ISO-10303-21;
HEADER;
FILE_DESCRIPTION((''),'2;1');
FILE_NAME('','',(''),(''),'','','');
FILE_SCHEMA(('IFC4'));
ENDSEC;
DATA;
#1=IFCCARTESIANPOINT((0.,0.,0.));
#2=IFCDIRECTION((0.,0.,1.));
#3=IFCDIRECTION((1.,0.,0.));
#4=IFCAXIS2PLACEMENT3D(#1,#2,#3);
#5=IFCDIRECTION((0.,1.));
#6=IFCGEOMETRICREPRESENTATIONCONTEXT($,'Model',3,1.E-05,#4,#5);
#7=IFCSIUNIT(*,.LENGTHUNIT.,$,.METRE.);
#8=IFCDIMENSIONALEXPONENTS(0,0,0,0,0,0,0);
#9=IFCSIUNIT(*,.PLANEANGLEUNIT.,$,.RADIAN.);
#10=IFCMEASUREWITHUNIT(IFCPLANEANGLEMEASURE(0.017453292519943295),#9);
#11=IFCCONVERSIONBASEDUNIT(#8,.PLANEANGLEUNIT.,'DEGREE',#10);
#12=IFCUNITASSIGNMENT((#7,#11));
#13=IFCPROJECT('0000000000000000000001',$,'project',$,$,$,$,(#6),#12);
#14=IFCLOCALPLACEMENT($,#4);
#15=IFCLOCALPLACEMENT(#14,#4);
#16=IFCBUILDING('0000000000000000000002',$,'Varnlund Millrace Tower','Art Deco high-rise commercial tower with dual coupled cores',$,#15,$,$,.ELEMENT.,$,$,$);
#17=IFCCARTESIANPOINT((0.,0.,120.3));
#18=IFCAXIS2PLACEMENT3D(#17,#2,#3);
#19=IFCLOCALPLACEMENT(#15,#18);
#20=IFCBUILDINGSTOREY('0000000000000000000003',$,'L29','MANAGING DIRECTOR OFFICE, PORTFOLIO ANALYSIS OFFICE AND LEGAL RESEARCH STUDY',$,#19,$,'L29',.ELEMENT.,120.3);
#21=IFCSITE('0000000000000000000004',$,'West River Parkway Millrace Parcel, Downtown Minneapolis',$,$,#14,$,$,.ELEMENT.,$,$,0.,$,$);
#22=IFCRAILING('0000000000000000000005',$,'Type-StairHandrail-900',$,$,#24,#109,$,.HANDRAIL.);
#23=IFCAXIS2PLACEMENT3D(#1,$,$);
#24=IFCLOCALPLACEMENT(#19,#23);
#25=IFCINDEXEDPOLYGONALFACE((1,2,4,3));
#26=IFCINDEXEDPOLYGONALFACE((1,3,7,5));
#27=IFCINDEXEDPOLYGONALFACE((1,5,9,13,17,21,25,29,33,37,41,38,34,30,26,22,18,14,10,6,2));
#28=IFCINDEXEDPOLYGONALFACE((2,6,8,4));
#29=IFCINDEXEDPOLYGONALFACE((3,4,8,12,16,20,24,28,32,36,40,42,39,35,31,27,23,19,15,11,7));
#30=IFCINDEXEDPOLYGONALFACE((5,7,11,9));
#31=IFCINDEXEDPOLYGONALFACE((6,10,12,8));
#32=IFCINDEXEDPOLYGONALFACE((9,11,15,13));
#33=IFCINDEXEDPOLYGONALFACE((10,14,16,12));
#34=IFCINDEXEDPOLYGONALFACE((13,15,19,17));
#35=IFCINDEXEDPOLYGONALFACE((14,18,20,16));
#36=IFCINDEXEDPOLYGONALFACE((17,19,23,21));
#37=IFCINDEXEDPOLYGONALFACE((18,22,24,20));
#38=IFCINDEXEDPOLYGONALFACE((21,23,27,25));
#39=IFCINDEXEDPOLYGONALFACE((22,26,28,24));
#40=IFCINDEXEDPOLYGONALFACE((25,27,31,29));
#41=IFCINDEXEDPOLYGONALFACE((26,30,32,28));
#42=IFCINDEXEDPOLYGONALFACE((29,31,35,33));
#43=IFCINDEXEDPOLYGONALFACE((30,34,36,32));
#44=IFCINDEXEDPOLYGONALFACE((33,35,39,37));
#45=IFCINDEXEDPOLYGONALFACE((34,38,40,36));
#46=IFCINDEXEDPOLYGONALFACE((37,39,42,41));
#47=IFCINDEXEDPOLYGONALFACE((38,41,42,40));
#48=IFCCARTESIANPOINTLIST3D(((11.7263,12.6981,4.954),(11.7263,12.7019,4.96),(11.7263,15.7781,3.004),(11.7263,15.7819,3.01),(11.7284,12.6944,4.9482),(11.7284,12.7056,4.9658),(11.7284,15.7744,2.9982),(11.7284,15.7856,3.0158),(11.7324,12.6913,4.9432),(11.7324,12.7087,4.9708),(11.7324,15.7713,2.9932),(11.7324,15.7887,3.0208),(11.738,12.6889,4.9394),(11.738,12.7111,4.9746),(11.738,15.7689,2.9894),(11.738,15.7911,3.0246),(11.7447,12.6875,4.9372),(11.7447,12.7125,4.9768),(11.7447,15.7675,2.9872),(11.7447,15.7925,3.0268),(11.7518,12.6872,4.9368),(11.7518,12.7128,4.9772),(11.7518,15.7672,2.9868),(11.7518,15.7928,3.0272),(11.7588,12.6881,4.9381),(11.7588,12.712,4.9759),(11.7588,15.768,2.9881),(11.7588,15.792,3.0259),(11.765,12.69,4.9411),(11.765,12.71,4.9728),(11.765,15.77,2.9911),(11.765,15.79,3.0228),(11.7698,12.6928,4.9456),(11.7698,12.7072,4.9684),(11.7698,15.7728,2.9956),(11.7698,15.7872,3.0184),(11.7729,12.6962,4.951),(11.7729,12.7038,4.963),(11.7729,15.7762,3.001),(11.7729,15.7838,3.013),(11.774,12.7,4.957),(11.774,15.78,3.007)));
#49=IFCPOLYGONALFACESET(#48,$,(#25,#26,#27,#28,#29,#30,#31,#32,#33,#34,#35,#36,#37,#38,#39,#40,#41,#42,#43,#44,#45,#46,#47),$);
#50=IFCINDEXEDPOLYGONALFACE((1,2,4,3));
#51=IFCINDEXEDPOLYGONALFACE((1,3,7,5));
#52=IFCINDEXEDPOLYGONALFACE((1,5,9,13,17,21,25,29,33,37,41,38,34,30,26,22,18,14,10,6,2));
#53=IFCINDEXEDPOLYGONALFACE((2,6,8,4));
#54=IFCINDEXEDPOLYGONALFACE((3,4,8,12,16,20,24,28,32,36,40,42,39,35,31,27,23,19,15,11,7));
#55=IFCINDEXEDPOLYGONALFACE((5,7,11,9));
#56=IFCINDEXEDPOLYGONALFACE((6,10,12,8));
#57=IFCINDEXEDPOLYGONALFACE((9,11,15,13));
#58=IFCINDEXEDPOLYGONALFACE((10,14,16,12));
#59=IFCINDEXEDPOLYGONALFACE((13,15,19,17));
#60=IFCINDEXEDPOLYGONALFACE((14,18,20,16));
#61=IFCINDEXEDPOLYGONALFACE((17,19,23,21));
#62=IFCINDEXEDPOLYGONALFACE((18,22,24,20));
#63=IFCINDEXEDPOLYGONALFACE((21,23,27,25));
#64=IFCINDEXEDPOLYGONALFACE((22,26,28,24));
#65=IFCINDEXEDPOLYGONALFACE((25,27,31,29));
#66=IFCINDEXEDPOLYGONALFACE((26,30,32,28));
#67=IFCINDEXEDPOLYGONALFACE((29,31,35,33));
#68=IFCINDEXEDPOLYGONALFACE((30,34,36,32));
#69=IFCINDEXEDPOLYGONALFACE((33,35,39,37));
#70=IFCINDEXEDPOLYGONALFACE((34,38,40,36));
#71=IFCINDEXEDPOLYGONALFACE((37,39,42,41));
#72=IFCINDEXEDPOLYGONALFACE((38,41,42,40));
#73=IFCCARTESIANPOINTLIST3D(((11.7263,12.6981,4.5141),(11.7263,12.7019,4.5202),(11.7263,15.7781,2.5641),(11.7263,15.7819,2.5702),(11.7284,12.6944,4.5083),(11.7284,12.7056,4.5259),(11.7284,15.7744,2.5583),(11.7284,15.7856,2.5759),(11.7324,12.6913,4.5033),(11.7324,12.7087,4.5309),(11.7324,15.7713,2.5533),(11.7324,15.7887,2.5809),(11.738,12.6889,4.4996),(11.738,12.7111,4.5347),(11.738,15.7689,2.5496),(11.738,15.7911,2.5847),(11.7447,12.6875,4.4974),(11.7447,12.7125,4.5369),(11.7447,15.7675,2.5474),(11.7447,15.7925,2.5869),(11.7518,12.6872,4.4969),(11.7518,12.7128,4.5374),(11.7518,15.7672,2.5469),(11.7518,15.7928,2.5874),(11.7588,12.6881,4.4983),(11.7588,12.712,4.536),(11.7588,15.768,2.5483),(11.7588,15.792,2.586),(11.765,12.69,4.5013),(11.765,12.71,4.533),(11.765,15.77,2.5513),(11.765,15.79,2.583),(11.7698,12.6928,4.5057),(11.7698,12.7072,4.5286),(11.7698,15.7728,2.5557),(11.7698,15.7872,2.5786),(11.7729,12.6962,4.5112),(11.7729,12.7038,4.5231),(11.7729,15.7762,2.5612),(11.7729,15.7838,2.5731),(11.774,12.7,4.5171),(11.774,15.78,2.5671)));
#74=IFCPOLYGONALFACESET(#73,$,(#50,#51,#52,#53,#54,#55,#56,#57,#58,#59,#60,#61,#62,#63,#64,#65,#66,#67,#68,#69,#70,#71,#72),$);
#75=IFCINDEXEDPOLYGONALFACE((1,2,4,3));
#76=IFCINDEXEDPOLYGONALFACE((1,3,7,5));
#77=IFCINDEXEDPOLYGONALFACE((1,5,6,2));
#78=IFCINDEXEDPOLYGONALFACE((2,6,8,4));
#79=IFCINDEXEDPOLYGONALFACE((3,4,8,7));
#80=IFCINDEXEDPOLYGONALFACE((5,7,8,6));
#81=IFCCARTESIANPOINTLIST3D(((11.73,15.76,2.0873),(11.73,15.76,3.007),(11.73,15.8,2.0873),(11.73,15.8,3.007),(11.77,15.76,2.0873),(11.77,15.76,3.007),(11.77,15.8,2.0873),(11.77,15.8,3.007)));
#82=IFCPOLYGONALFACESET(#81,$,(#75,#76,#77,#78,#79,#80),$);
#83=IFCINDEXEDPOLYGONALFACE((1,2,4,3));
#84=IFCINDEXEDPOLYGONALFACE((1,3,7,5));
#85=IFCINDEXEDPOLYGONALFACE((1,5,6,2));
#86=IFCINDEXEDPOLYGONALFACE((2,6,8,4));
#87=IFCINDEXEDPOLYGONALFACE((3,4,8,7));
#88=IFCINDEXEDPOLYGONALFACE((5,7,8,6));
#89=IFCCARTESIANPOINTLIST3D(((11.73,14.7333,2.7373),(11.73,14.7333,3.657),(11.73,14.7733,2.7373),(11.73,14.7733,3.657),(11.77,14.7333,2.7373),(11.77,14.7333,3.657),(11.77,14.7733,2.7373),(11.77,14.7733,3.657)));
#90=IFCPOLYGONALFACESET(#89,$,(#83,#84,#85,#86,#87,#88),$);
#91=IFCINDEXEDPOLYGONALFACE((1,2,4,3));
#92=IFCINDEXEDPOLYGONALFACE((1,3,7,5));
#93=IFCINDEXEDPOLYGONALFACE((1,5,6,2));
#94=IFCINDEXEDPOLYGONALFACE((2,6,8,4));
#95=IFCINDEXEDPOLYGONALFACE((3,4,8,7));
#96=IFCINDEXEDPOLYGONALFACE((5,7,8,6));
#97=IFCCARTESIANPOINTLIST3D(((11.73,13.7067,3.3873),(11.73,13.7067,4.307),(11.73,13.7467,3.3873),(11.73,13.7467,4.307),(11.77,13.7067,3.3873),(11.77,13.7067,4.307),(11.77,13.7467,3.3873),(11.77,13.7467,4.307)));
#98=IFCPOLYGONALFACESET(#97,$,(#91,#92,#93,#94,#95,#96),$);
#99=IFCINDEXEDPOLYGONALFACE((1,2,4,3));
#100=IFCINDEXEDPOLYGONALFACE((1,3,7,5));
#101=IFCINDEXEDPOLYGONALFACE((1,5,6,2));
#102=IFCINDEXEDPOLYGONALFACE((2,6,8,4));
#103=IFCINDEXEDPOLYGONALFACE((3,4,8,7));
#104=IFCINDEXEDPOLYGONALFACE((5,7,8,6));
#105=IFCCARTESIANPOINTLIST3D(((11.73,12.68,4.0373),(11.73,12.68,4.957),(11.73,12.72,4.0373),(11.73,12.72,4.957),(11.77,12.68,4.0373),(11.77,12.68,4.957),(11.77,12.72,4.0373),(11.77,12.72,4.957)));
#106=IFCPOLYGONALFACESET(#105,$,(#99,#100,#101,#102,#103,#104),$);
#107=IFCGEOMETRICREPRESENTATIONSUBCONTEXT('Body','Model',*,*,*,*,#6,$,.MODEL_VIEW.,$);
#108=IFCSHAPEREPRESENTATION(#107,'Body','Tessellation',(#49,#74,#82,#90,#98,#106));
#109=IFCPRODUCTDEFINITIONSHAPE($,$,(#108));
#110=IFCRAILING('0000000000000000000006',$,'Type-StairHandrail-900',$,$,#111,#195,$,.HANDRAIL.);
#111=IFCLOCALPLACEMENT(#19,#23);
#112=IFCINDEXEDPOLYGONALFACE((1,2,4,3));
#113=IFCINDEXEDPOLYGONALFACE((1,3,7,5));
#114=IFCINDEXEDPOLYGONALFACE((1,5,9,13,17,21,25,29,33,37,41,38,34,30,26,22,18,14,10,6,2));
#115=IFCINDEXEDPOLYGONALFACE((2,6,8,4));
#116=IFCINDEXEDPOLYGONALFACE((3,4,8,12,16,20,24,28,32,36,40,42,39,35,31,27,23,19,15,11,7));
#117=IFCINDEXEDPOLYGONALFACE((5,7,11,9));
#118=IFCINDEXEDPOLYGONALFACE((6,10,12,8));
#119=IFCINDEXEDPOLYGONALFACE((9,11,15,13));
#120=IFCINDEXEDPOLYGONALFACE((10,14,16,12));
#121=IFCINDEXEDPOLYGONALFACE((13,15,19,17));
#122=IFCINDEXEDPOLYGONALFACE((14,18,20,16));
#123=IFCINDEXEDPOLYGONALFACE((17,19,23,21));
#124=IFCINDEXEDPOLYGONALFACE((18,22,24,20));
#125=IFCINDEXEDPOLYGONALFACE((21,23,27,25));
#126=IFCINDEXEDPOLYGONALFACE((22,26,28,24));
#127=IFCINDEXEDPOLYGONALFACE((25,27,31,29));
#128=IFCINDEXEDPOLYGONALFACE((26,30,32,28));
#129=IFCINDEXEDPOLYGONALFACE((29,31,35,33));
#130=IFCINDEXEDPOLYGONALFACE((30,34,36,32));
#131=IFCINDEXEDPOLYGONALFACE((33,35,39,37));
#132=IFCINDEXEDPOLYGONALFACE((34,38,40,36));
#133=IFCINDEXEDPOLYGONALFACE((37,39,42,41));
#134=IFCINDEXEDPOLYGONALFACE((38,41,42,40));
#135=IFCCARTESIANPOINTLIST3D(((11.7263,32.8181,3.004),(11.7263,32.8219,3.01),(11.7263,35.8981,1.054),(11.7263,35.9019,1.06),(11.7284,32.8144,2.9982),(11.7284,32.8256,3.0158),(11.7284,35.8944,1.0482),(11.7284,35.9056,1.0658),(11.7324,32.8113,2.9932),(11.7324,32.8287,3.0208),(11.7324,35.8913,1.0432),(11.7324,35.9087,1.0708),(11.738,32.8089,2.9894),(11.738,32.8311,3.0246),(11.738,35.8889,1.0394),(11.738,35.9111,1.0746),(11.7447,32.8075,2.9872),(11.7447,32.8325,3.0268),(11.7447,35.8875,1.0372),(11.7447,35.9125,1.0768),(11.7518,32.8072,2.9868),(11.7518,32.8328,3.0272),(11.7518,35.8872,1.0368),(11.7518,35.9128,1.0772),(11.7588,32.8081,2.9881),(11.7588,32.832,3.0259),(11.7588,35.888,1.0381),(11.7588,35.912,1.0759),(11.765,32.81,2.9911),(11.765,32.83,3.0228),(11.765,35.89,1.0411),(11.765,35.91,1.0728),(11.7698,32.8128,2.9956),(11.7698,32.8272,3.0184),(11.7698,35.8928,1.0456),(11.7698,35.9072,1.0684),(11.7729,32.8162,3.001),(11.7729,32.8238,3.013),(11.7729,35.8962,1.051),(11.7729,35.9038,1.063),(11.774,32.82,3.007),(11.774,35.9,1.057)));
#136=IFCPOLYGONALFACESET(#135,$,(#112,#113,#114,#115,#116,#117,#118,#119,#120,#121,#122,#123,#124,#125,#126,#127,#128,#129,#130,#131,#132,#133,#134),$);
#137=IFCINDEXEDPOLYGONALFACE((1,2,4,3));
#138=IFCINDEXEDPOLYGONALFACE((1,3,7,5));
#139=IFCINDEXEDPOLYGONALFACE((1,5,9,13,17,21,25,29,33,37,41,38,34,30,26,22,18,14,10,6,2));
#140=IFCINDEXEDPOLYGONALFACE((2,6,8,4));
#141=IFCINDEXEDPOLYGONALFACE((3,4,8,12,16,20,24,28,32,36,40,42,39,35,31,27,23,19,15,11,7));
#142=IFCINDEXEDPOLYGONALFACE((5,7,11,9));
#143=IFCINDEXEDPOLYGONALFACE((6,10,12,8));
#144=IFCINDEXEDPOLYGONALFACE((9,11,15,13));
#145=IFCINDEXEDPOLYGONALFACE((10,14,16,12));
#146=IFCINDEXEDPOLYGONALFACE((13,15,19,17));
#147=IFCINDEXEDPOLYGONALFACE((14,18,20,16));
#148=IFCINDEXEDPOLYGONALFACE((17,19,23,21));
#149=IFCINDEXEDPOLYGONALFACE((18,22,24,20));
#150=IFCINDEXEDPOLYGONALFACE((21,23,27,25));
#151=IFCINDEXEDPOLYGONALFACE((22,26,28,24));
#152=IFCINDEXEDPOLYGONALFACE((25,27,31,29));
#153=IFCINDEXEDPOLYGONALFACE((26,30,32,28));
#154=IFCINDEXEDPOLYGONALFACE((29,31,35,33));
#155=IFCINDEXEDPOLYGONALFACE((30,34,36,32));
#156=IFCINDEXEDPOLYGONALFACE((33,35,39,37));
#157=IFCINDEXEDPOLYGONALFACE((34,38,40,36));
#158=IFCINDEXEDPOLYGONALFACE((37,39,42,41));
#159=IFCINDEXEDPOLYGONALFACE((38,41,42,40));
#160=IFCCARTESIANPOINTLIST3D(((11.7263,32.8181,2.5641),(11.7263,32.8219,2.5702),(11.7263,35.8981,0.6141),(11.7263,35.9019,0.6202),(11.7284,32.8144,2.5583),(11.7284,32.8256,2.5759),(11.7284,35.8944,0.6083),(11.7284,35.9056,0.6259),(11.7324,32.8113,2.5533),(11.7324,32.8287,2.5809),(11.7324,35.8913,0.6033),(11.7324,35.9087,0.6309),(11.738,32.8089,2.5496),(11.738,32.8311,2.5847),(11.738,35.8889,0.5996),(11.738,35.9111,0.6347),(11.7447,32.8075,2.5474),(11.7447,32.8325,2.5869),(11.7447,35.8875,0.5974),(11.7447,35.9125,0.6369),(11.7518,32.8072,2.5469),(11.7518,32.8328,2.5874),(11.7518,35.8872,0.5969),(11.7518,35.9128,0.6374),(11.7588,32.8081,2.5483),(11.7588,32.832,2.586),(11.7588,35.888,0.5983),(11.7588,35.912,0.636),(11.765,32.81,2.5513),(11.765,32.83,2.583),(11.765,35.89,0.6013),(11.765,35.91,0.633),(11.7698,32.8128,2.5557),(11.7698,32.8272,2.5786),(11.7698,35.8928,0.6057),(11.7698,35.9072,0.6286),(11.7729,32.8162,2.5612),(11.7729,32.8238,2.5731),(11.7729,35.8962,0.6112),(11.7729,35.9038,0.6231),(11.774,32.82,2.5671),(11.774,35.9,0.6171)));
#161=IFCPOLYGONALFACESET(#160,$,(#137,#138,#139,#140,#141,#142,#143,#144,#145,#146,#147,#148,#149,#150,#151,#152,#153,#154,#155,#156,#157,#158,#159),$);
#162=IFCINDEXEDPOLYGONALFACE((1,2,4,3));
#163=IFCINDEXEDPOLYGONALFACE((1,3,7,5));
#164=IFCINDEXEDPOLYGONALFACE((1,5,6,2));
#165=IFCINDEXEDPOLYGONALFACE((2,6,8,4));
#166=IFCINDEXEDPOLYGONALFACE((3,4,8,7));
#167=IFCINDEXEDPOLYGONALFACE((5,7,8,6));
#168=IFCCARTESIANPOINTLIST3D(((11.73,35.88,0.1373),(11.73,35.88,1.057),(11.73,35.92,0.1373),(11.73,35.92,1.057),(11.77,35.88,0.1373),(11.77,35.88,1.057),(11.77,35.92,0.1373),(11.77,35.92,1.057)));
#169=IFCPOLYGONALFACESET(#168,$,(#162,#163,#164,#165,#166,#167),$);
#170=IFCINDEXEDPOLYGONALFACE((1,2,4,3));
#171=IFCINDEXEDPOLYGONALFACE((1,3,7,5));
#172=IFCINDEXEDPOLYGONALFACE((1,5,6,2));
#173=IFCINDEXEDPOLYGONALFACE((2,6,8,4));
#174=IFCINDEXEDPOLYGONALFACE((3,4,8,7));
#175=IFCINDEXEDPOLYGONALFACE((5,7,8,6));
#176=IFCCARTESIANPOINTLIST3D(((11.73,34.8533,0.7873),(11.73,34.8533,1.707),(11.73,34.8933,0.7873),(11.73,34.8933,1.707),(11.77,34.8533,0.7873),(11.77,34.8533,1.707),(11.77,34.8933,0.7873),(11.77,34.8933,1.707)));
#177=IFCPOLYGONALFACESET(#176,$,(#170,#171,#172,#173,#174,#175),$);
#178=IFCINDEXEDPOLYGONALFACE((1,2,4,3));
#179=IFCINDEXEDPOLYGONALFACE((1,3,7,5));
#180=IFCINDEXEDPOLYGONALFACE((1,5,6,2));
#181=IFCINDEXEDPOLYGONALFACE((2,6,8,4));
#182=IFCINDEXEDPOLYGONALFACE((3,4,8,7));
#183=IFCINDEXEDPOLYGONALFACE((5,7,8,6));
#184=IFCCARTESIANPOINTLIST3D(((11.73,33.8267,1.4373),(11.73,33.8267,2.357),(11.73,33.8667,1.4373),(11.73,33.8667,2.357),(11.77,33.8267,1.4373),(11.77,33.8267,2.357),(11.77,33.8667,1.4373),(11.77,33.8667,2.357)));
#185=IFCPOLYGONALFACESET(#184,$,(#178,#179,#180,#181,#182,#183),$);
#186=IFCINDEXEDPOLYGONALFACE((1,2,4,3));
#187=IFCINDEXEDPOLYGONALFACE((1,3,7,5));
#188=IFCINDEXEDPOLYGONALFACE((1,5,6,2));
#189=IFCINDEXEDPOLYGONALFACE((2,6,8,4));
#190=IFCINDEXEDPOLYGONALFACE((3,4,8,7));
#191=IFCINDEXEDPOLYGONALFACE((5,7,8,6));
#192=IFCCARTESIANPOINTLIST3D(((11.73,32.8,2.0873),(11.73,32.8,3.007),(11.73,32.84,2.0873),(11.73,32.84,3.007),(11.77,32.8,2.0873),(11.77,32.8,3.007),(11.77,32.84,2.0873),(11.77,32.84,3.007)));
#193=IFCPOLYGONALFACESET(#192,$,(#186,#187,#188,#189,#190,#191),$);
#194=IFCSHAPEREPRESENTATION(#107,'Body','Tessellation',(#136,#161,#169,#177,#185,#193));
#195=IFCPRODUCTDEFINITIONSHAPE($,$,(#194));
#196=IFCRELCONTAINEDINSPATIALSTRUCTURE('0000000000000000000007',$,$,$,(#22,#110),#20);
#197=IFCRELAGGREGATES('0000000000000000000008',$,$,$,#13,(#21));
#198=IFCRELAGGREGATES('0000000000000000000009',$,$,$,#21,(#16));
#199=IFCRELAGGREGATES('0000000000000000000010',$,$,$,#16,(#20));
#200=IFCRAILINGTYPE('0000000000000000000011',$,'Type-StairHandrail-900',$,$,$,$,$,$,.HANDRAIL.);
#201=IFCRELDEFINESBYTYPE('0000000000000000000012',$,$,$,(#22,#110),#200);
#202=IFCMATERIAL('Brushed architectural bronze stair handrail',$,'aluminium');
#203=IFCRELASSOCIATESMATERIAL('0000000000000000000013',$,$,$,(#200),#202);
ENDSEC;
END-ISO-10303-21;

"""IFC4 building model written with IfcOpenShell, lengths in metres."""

from ifc_helpers import new_model, entity, si_unit, converted_unit, direction, frame, origin_with_axes, origin_2d_with_axis, place, context, subcontext, project, spatial, rectangle, circle, extrude, material, type_object, element, save


model = new_model("IFC4")

# Units and contexts
model_context = context("Model", 3, precision=1e-05, world=origin_with_axes(), true_north=direction((0.0, 1.0)))
body_context = subcontext(model_context, "Body", "Model", "MODEL_VIEW")
ifc_project = project(units=[si_unit("LENGTHUNIT", "METRE"), converted_unit("PLANEANGLEUNIT", "DEGREE", entity("IfcPlaneAngleMeasure", 0.017453292519943295), si_unit("PLANEANGLEUNIT", "RADIAN"), dimensions=[0, 0, 0, 0, 0, 0, 0])], contexts=[model_context])

# Site, building, storey
site_placement = place(None, origin_with_axes())
site = spatial("IfcSite", under=ifc_project, at=site_placement, Name="West River Parkway Millrace Parcel, Downtown Minneapolis", CompositionType="ELEMENT", RefElevation=0.0)
building_placement = place(site_placement, origin_with_axes())
building = spatial("IfcBuilding", under=site, at=building_placement, Name="Varnlund Millrace Tower", Description="Art Deco high-rise commercial tower with dual coupled cores", CompositionType="ELEMENT")
storey_placement = place(building_placement, frame((0.0, 0.0, 120.3), z_axis=(0.0, 0.0, 1.0), x_axis=(1.0, 0.0, 0.0)))
storey = spatial("IfcBuildingStorey", under=building, at=storey_placement, Name="L29", Description="MANAGING DIRECTOR OFFICE, PORTFOLIO ANALYSIS OFFICE AND LEGAL RESEARCH STUDY", LongName="L29", CompositionType="ELEMENT", Elevation=120.3)

# Railings
ifc_material_1 = material(Name="Brushed architectural bronze stair handrail", Category="aluminium")
railing_type_1 = type_object("IfcRailingType", Name="Type-StairHandrail-900", PredefinedType="HANDRAIL", material=ifc_material_1)
railing_1_placement = place(storey_placement, frame((0.0, 0.0, -120.3), z_axis=(0.0, 0.0, 1.0), x_axis=(1.0, 0.0, 0.0)))
element("IfcRailing", 1, at=railing_1_placement, inside=storey, type_object=railing_type_1, Name="Type-StairHandrail-900", PredefinedType="HANDRAIL", context=body_context, shape_type="SweptSolid", body=[
    extrude(circle(Radius=0.024, at=origin_2d_with_axis()), frame((11.75, 15.78, 123.307), z_axis=(0.0, -0.844902, 0.534922), x_axis=(1.0, 0.0, 0.0)), (0.0, 0.0, 1.0), 3.6454),
    extrude(circle(Radius=0.024, at=origin_2d_with_axis()), frame((11.75, 15.78, 122.8671), z_axis=(0.0, -0.844902, 0.534922), x_axis=(1.0, 0.0, 0.0)), (0.0, 0.0, 1.0), 3.6454),
    extrude(rectangle(XDim=0.04, YDim=0.04, at=origin_2d_with_axis()), frame((11.75, 15.78, 122.3873), z_axis=(0.0, 0.0, 1.0), x_axis=(1.0, 0.0, 0.0)), (0.0, 0.0, 1.0), 0.9197),
    extrude(rectangle(XDim=0.04, YDim=0.04, at=origin_2d_with_axis()), frame((11.75, 14.7533, 123.0373), z_axis=(0.0, 0.0, 1.0), x_axis=(1.0, 0.0, 0.0)), (0.0, 0.0, 1.0), 0.9197),
    extrude(rectangle(XDim=0.04, YDim=0.04, at=origin_2d_with_axis()), frame((11.75, 13.7267, 123.6873), z_axis=(0.0, 0.0, 1.0), x_axis=(1.0, 0.0, 0.0)), (0.0, 0.0, 1.0), 0.9197),
    extrude(rectangle(XDim=0.04, YDim=0.04, at=origin_2d_with_axis()), frame((11.75, 12.7, 124.3373), z_axis=(0.0, 0.0, 1.0), x_axis=(1.0, 0.0, 0.0)), (0.0, 0.0, 1.0), 0.9197),
])
railing_2_placement = place(storey_placement, frame((0.0, 0.0, -120.3), z_axis=(0.0, 0.0, 1.0), x_axis=(1.0, 0.0, 0.0)))
element("IfcRailing", 2, at=railing_2_placement, inside=storey, type_object=railing_type_1, Name="Type-StairHandrail-900", PredefinedType="HANDRAIL", context=body_context, shape_type="SweptSolid", body=[
    extrude(circle(Radius=0.024, at=origin_2d_with_axis()), frame((11.75, 35.9, 121.357), z_axis=(0.0, -0.844902, 0.534922), x_axis=(1.0, 0.0, 0.0)), (0.0, 0.0, 1.0), 3.6454),
    extrude(circle(Radius=0.024, at=origin_2d_with_axis()), frame((11.75, 35.9, 120.9171), z_axis=(0.0, -0.844902, 0.534922), x_axis=(1.0, 0.0, 0.0)), (0.0, 0.0, 1.0), 3.6454),
    extrude(rectangle(XDim=0.04, YDim=0.04, at=origin_2d_with_axis()), frame((11.75, 35.9, 120.4373), z_axis=(0.0, 0.0, 1.0), x_axis=(1.0, 0.0, 0.0)), (0.0, 0.0, 1.0), 0.9197),
    extrude(rectangle(XDim=0.04, YDim=0.04, at=origin_2d_with_axis()), frame((11.75, 34.8733, 121.0873), z_axis=(0.0, 0.0, 1.0), x_axis=(1.0, 0.0, 0.0)), (0.0, 0.0, 1.0), 0.9197),
    extrude(rectangle(XDim=0.04, YDim=0.04, at=origin_2d_with_axis()), frame((11.75, 33.8467, 121.7373), z_axis=(0.0, 0.0, 1.0), x_axis=(1.0, 0.0, 0.0)), (0.0, 0.0, 1.0), 0.9197),
    extrude(rectangle(XDim=0.04, YDim=0.04, at=origin_2d_with_axis()), frame((11.75, 32.82, 122.3873), z_axis=(0.0, 0.0, 1.0), x_axis=(1.0, 0.0, 0.0)), (0.0, 0.0, 1.0), 0.9197),
])

save(model, "model.ifc")
